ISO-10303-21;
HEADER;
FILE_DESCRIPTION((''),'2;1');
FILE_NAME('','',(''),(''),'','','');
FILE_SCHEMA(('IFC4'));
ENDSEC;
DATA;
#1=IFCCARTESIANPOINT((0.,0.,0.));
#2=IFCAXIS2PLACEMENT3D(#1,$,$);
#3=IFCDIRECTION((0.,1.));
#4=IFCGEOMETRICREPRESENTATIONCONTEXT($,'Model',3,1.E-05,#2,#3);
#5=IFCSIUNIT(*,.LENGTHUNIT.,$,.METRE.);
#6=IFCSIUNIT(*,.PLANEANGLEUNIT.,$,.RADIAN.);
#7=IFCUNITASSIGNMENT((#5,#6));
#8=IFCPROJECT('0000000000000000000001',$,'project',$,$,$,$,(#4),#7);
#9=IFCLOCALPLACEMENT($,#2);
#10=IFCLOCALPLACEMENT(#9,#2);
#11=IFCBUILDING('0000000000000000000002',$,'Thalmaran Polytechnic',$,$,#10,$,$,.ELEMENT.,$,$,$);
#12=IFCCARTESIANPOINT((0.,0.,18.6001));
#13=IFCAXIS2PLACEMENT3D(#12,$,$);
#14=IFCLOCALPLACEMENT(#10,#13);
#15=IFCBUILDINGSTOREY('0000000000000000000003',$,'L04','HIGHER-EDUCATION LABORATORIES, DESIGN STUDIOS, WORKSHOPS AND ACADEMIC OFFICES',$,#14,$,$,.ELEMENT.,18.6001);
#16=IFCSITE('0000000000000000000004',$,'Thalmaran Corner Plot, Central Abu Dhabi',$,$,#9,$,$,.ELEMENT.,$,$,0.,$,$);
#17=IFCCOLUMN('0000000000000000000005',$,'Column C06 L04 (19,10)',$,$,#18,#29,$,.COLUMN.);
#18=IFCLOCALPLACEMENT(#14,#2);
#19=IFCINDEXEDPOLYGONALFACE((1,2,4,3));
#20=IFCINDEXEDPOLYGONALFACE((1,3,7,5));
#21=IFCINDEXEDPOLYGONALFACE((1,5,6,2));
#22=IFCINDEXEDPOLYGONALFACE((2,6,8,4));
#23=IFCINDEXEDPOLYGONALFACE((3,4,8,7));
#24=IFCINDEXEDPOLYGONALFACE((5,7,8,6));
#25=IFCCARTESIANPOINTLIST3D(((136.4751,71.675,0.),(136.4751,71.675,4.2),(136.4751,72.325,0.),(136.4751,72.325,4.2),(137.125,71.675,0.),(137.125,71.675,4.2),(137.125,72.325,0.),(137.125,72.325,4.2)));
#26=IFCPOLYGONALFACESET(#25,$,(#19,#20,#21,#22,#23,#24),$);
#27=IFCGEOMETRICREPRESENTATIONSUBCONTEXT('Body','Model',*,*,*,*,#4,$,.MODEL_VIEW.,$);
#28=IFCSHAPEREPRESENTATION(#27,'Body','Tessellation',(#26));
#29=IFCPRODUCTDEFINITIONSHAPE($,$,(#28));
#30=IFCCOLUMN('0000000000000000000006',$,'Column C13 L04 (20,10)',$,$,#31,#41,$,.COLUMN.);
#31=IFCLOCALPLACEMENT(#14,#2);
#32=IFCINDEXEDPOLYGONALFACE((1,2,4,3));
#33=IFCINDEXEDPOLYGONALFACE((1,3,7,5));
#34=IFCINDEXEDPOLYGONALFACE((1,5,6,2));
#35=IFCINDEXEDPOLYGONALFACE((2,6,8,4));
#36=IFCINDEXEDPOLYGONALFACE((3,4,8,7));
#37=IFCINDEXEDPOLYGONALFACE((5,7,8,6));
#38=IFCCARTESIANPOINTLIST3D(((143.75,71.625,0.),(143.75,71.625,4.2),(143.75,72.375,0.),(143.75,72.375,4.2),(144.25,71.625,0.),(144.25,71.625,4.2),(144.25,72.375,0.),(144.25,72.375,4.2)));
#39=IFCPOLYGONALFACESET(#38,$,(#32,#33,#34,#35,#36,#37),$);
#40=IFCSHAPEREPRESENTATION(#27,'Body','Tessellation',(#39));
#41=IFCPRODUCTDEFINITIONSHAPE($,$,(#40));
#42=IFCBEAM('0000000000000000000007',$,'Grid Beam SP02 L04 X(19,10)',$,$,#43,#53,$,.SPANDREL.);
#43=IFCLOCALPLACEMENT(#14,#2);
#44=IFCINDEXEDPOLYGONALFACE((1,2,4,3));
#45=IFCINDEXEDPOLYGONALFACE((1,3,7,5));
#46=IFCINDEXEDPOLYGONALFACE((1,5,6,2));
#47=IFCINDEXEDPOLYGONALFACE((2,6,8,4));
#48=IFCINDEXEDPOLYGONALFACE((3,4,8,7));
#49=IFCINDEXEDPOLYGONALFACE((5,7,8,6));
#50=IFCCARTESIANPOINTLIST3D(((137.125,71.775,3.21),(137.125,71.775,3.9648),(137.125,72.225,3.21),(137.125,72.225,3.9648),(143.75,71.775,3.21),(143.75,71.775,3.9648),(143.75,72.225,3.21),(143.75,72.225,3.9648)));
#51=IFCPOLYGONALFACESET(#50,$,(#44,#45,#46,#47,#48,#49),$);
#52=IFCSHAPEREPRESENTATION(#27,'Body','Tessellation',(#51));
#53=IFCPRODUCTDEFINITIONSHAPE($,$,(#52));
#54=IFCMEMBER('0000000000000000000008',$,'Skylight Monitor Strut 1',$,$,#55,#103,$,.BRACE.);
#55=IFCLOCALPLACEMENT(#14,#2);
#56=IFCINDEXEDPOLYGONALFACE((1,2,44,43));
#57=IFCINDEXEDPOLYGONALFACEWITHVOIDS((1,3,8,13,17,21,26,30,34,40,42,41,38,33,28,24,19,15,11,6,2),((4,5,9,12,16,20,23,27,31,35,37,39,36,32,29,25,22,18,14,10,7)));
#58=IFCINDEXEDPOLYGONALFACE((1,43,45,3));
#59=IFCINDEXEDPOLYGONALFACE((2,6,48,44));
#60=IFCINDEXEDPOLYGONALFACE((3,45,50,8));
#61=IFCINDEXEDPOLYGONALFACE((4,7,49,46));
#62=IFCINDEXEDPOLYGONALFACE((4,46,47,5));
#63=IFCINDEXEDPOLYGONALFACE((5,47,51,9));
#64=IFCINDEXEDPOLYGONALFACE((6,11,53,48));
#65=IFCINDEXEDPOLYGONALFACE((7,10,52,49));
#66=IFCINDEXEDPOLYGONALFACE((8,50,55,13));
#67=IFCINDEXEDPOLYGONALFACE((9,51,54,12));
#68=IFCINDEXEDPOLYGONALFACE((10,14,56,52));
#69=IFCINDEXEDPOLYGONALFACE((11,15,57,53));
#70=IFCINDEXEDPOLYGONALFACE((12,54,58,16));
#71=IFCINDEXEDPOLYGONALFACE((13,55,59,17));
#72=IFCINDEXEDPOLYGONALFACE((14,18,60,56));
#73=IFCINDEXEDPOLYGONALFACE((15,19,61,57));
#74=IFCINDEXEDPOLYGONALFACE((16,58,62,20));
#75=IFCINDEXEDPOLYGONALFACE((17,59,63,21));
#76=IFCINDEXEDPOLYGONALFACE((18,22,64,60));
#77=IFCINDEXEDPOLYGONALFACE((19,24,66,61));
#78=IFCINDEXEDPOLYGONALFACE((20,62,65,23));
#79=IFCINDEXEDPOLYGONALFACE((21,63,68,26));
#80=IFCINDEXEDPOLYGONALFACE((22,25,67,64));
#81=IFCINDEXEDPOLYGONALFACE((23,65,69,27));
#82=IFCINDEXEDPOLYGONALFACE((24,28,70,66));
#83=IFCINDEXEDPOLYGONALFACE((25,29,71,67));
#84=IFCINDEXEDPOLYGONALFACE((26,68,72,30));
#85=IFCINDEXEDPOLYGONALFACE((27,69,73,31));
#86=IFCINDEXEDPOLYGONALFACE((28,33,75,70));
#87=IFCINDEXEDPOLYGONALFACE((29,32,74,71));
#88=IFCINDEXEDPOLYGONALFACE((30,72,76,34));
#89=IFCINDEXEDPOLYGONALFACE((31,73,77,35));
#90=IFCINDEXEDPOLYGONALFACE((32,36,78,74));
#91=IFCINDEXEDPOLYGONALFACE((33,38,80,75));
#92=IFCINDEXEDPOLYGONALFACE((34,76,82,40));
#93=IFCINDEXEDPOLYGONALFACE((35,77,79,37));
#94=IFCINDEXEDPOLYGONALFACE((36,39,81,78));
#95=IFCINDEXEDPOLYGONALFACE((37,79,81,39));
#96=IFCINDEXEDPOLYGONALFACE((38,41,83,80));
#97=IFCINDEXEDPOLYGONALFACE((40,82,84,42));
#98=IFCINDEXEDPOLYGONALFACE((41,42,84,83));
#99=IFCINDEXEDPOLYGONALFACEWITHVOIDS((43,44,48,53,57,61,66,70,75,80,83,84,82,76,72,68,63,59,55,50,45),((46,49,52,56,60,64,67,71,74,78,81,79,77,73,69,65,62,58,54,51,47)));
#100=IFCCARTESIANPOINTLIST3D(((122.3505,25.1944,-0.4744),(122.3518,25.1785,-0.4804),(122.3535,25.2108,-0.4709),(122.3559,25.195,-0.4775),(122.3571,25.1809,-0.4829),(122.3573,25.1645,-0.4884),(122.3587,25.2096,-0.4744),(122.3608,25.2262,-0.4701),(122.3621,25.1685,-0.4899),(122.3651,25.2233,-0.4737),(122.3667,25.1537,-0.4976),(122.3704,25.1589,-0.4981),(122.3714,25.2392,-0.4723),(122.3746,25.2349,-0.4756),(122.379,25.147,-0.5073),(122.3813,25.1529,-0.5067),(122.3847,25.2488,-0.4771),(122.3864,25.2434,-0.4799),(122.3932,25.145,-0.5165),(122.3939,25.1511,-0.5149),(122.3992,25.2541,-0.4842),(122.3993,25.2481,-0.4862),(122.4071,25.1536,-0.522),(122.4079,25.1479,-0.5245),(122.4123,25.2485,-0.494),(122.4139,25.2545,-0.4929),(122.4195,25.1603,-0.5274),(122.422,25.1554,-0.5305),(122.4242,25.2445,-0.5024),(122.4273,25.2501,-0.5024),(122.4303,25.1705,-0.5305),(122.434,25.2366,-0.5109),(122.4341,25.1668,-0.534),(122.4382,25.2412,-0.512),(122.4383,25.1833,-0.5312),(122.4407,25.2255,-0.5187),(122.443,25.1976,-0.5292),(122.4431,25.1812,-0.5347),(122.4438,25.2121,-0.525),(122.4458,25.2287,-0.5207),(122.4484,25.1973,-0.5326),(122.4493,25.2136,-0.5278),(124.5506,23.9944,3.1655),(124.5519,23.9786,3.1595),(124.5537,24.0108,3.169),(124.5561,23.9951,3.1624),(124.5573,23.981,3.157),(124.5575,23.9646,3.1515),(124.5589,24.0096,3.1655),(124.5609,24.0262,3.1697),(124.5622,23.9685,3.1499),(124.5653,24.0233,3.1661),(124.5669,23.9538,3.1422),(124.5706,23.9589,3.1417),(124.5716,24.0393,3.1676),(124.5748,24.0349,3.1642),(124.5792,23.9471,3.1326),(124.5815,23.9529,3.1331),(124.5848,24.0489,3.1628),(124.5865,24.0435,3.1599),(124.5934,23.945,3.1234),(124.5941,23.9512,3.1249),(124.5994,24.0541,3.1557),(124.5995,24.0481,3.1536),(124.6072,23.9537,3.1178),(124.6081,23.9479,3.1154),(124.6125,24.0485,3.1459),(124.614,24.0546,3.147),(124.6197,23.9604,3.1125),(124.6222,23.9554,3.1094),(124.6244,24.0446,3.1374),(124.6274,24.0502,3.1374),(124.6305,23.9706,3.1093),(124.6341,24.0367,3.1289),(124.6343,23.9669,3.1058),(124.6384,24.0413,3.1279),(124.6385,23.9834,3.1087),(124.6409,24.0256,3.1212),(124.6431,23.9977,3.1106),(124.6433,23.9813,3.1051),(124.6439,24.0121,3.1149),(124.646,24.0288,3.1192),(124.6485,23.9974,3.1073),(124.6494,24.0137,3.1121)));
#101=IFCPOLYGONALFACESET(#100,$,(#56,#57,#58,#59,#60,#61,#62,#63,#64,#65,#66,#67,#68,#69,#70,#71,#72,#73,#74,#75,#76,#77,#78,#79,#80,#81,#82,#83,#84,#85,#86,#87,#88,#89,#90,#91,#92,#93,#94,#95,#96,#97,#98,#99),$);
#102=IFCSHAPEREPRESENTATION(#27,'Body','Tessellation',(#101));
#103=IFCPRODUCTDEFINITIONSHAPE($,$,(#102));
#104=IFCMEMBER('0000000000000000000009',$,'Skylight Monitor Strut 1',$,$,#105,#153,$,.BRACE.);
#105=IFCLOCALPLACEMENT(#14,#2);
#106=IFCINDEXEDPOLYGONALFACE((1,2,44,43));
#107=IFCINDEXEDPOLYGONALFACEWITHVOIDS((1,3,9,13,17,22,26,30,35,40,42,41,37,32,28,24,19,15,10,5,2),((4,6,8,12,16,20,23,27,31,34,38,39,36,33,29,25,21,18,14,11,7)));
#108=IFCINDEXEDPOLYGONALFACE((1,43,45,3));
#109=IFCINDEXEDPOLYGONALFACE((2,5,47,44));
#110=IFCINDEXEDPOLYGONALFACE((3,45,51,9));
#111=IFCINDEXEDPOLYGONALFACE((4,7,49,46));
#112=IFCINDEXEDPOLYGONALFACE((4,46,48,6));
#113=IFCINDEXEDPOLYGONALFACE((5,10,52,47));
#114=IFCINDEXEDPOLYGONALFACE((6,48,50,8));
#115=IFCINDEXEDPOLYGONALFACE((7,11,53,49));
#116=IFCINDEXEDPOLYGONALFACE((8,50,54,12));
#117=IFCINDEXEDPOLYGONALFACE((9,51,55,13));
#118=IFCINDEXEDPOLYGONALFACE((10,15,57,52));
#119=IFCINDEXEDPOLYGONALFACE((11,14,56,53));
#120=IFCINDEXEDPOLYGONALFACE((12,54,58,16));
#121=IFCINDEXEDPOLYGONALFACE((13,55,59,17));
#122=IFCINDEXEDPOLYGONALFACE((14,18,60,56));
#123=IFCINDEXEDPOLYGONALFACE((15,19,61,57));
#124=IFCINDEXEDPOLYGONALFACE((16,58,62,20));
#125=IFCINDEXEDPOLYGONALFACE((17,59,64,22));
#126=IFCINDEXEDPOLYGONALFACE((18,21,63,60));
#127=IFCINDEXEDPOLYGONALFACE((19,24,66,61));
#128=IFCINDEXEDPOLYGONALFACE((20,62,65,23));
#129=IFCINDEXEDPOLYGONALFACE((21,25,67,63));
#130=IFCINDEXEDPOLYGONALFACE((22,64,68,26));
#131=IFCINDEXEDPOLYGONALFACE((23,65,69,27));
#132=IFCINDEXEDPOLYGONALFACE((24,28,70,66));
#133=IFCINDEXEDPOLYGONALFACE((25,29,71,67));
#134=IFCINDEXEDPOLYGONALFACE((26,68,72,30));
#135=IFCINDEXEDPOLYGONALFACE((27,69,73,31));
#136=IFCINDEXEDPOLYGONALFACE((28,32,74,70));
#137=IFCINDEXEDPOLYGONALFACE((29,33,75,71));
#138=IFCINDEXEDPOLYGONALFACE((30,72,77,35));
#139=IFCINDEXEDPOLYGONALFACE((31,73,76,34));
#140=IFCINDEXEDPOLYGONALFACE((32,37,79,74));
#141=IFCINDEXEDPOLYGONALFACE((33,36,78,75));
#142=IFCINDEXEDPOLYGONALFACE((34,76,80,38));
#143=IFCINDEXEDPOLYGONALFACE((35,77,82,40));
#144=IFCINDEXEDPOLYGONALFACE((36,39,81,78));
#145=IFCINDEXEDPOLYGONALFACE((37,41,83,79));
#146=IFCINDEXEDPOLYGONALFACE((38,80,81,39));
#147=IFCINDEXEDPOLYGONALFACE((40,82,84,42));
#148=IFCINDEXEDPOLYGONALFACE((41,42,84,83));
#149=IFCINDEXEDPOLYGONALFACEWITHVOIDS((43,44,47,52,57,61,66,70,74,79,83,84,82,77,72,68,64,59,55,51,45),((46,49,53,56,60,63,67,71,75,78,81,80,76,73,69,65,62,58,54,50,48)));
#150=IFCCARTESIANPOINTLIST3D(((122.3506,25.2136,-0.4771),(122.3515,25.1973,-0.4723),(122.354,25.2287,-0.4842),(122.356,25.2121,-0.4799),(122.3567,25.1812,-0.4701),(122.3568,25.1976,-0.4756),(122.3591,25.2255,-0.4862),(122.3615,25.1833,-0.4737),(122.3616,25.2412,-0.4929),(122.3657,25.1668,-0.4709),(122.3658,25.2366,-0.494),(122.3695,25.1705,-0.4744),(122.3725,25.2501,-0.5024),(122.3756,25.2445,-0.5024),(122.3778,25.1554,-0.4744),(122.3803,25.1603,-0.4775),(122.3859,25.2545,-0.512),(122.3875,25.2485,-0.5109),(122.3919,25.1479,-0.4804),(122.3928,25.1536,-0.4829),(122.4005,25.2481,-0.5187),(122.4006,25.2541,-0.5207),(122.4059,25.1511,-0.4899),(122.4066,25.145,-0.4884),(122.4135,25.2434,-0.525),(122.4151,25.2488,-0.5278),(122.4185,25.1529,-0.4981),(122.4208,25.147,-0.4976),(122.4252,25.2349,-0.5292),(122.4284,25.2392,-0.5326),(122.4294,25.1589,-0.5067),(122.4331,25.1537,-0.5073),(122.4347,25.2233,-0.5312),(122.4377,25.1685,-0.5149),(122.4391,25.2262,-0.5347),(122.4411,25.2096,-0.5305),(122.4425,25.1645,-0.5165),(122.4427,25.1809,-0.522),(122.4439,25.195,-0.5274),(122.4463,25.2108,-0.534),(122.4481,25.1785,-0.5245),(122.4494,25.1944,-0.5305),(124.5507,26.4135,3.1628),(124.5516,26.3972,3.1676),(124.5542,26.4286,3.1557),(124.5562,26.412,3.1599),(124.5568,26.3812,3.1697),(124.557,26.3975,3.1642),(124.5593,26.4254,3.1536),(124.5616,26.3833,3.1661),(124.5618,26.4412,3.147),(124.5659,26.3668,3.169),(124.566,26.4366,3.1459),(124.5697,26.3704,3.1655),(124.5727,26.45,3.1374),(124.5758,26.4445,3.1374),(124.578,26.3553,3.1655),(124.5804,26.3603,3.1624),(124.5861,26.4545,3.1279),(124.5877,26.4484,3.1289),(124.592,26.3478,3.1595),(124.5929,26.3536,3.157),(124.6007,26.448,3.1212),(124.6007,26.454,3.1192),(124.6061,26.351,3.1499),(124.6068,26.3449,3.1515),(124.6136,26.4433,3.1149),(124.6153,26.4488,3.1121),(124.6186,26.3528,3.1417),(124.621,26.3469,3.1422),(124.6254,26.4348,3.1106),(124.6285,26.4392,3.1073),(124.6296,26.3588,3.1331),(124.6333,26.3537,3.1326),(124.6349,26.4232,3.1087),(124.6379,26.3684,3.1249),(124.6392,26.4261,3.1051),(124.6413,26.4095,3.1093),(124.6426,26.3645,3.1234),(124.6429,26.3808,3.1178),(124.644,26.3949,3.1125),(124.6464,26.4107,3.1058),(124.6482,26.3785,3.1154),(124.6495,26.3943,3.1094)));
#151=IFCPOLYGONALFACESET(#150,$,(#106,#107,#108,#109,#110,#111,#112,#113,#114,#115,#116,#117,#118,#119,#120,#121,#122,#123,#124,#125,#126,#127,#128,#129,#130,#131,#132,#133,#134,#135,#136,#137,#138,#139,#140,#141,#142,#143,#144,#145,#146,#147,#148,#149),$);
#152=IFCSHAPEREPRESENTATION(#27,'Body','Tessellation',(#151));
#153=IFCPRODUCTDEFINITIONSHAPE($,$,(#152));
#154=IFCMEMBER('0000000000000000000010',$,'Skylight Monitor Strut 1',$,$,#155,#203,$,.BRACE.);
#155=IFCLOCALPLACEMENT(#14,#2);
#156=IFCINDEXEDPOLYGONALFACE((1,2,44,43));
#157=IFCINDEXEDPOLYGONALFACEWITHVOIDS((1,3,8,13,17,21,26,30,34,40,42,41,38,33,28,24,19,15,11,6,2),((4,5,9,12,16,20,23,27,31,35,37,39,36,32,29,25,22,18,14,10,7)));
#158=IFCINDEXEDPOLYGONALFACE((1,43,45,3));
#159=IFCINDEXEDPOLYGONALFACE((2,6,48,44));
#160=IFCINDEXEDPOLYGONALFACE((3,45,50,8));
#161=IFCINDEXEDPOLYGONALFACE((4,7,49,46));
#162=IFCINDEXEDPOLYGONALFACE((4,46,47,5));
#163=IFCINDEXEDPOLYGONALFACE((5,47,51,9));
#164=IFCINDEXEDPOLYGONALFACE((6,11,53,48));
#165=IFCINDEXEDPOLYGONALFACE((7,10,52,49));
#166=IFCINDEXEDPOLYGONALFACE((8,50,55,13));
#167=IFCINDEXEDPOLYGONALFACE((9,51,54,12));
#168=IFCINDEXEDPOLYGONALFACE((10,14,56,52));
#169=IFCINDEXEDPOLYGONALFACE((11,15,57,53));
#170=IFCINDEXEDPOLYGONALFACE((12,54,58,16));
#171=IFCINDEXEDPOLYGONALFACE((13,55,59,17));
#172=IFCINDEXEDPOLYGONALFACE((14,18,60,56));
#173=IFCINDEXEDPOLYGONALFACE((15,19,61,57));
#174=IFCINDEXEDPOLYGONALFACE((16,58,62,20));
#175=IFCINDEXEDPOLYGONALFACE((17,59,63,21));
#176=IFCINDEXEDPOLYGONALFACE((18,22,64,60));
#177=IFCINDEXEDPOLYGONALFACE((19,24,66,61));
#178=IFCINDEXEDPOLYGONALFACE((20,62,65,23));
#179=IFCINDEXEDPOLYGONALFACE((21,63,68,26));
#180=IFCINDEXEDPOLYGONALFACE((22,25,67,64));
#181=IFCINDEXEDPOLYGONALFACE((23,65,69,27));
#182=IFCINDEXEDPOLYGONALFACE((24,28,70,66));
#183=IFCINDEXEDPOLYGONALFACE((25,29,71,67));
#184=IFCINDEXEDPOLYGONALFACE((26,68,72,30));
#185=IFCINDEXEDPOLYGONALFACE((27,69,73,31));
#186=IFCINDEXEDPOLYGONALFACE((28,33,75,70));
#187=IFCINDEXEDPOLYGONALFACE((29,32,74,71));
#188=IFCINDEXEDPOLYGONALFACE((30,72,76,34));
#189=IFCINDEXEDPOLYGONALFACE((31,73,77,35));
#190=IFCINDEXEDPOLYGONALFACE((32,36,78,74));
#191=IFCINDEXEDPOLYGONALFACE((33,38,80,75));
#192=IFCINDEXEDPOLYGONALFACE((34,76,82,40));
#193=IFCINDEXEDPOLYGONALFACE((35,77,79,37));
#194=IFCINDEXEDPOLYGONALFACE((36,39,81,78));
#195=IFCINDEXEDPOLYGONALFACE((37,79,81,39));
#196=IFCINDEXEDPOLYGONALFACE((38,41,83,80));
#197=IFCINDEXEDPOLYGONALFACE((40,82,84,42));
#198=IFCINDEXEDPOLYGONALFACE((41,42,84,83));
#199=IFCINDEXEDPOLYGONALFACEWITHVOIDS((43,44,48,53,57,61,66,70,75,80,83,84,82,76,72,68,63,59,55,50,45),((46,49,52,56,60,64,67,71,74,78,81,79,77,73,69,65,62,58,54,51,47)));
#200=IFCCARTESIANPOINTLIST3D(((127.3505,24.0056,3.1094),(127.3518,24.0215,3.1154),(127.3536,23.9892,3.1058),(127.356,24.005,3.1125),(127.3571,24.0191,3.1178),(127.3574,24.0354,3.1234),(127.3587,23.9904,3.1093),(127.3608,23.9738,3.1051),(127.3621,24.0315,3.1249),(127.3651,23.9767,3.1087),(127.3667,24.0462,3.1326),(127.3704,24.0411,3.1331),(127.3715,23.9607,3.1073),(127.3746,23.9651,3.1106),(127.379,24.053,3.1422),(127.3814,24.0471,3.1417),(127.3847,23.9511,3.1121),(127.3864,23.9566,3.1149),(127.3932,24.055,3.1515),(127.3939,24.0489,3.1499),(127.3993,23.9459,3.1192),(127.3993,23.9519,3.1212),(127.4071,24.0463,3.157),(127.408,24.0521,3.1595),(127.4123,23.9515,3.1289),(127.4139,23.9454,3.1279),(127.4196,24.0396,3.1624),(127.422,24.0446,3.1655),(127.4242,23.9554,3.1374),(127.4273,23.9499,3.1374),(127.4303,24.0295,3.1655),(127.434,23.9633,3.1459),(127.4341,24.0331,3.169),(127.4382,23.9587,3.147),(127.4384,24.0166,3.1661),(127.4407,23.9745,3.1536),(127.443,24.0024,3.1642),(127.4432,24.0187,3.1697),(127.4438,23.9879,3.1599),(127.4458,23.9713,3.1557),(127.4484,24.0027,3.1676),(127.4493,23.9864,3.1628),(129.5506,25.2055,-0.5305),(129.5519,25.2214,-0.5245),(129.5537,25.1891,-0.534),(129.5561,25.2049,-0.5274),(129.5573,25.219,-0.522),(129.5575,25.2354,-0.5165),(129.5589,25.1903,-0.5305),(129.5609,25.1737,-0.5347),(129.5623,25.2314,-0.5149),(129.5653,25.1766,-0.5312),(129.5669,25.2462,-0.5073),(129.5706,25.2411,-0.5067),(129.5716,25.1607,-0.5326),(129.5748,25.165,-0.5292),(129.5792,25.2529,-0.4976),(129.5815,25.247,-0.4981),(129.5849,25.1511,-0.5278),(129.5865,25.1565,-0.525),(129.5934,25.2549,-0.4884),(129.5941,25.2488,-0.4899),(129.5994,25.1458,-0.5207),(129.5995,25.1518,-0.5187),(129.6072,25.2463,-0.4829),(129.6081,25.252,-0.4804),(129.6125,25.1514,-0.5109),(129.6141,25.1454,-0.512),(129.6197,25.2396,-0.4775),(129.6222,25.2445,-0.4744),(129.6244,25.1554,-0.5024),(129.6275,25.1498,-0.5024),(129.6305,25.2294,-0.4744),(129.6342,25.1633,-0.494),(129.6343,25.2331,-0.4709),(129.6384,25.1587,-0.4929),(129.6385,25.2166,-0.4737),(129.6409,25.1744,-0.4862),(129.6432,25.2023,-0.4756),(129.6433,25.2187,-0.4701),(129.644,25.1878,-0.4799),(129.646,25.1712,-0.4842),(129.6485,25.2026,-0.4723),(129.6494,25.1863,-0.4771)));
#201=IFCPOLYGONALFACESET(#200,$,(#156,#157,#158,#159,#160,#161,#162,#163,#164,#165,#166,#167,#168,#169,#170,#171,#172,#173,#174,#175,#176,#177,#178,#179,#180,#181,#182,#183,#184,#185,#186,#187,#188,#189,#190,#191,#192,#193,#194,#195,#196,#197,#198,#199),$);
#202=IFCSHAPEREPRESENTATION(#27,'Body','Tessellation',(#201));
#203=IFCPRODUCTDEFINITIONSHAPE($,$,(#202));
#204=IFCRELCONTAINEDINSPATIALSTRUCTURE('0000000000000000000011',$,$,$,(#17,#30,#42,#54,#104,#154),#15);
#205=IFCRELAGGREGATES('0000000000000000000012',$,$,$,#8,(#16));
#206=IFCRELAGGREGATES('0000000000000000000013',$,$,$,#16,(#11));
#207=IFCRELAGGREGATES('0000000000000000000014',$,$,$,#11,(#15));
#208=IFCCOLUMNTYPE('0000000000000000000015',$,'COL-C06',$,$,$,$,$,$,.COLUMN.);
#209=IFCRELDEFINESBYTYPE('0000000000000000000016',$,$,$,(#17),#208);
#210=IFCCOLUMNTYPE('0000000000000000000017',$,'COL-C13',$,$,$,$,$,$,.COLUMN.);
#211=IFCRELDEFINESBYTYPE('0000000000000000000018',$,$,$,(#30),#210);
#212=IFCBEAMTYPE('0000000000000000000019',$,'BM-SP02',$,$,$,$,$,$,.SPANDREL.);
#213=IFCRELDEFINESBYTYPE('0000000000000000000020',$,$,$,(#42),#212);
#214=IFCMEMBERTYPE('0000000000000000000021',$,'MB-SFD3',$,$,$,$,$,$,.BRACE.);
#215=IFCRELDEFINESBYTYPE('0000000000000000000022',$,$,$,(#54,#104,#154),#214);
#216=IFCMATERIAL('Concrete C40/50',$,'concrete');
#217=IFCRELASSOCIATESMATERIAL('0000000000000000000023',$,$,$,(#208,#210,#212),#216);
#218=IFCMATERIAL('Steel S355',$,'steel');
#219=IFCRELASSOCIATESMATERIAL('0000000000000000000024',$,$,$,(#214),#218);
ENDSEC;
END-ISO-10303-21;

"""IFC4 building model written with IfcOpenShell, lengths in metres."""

from ifc_helpers import new_model, si_unit, direction, frame, origin, origin_2d, place, context, subcontext, project, spatial, rectangle, hollow_circle, extrude, material, material_profile, profile_set, type_object, element, save


model = new_model("IFC4")

# Units and contexts
model_context = context("Model", 3, precision=1e-05, world=origin(), true_north=direction((0.0, 1.0)))
body_context = subcontext(model_context, "Body", "Model", "MODEL_VIEW")
ifc_project = project(units=[si_unit("LENGTHUNIT", "METRE"), si_unit("PLANEANGLEUNIT", "RADIAN")], contexts=[model_context])

# Site, building, storey
site_placement = place(None, origin())
site = spatial("IfcSite", under=ifc_project, at=site_placement, Name="Thalmaran Corner Plot, Central Abu Dhabi", CompositionType="ELEMENT", RefElevation=0.0)
building_placement = place(site_placement, origin())
building = spatial("IfcBuilding", under=site, at=building_placement, Name="Thalmaran Polytechnic", CompositionType="ELEMENT")
storey_placement = place(building_placement, frame((0.0, 0.0, 18.6001)))
storey = spatial("IfcBuildingStorey", under=building, at=storey_placement, Name="L04", Description="HIGHER-EDUCATION LABORATORIES, DESIGN STUDIOS, WORKSHOPS AND ACADEMIC OFFICES", CompositionType="ELEMENT", Elevation=18.6001)

# Columns
ifc_material_1 = material(Name="Concrete C40/50", Category="concrete")
ifc_material_profile_1 = material_profile(ifc_material_1, rectangle(XDim=0.6499, YDim=0.6499, at=origin_2d()), Name="RC 650x650")
ifc_profile_set_1 = profile_set([ifc_material_profile_1], Name="Concrete C40/50")
column_type_1 = type_object("IfcColumnType", Name="COL-C06", PredefinedType="COLUMN", material=ifc_profile_set_1)
column_1_placement = place(storey_placement, frame((136.8, 72.0, 0.0), z_axis=(0.0, 0.0, 1.0), x_axis=(1.0, 0.0, 0.0)))
element("IfcColumn", 1, at=column_1_placement, inside=storey, type_object=column_type_1, Name="Column C06 L04 (19,10)", PredefinedType="COLUMN", context=body_context, shape_type="SweptSolid", body=[
    extrude(rectangle(XDim=0.6499, YDim=0.6499, at=origin_2d()), origin(), (0.0, 0.0, 1.0), 4.2),
])
ifc_material_profile_2 = material_profile(ifc_material_1, rectangle(XDim=0.5, YDim=0.75, at=origin_2d()), Name="RC 500x750")
ifc_profile_set_2 = profile_set([ifc_material_profile_2], Name="Concrete C40/50")
column_type_2 = type_object("IfcColumnType", Name="COL-C13", PredefinedType="COLUMN", material=ifc_profile_set_2)
column_2_placement = place(storey_placement, frame((144.0, 72.0, 0.0), z_axis=(0.0, 0.0, 1.0), x_axis=(1.0, 0.0, 0.0)))
element("IfcColumn", 2, at=column_2_placement, inside=storey, type_object=column_type_2, Name="Column C13 L04 (20,10)", PredefinedType="COLUMN", context=body_context, shape_type="SweptSolid", body=[
    extrude(rectangle(XDim=0.5, YDim=0.75, at=origin_2d()), origin(), (0.0, 0.0, 1.0), 4.2),
])

# Beam
ifc_material_profile_3 = material_profile(ifc_material_1, rectangle(XDim=0.45, YDim=0.7549, at=origin_2d()), Name="RC 450x755")
ifc_profile_set_3 = profile_set([ifc_material_profile_3], Name="Concrete C40/50")
beam_type = type_object("IfcBeamType", Name="BM-SP02", PredefinedType="SPANDREL", material=ifc_profile_set_3)
beam_placement = place(storey_placement, frame((137.125, 72.0, 3.5874), z_axis=(1.0, 0.0, 0.0), x_axis=(0.0, 1.0, 0.0)))
element("IfcBeam", 3, at=beam_placement, inside=storey, type_object=beam_type, Name="Grid Beam SP02 L04 X(19,10)", PredefinedType="SPANDREL", context=body_context, shape_type="SweptSolid", body=[
    extrude(rectangle(XDim=0.45, YDim=0.7549, at=origin_2d()), origin(), (0.0, 0.0, 1.0), 6.625),
])

# Members
ifc_material_2 = material(Name="Steel S355", Category="steel")
ifc_material_profile_4 = material_profile(ifc_material_2, hollow_circle(Radius=0.0571, WallThickness=0.0063, at=origin_2d()), Name="CHS 114.3x6.3")
ifc_profile_set_4 = profile_set([ifc_material_profile_4], Name="Steel S355")
member_type = type_object("IfcMemberType", Name="MB-SFD3", PredefinedType="BRACE", material=ifc_profile_set_4)
for number, where, z_axis, x_axis, name in (
    (4, (122.3999, 25.2, -0.5024), (0.497869, -0.27153, 0.823649), (0.478804, 0.877922, 0.0), "Skylight Monitor Strut 1"),
    (5, (122.3999, 25.2, -0.5024), (0.497869, 0.27153, 0.823649), (-0.478804, 0.877922, 0.0), "Skylight Monitor Strut 1"),
    (6, (129.6001, 25.2, -0.5024), (-0.497869, -0.27153, 0.823649), (0.478804, -0.877922, 0.0), "Skylight Monitor Strut 1"),
):
    element("IfcMember", number, at=place(storey_placement, frame(where, z_axis=z_axis, x_axis=x_axis)), inside=storey, type_object=member_type, Name=name, PredefinedType="BRACE", context=body_context, shape_type="SweptSolid", body=[
        extrude(hollow_circle(Radius=0.0571, WallThickness=0.0063, at=origin_2d()), origin(), (0.0, 0.0, 1.0), 4.4192),
    ])

save(model, "model.ifc")
